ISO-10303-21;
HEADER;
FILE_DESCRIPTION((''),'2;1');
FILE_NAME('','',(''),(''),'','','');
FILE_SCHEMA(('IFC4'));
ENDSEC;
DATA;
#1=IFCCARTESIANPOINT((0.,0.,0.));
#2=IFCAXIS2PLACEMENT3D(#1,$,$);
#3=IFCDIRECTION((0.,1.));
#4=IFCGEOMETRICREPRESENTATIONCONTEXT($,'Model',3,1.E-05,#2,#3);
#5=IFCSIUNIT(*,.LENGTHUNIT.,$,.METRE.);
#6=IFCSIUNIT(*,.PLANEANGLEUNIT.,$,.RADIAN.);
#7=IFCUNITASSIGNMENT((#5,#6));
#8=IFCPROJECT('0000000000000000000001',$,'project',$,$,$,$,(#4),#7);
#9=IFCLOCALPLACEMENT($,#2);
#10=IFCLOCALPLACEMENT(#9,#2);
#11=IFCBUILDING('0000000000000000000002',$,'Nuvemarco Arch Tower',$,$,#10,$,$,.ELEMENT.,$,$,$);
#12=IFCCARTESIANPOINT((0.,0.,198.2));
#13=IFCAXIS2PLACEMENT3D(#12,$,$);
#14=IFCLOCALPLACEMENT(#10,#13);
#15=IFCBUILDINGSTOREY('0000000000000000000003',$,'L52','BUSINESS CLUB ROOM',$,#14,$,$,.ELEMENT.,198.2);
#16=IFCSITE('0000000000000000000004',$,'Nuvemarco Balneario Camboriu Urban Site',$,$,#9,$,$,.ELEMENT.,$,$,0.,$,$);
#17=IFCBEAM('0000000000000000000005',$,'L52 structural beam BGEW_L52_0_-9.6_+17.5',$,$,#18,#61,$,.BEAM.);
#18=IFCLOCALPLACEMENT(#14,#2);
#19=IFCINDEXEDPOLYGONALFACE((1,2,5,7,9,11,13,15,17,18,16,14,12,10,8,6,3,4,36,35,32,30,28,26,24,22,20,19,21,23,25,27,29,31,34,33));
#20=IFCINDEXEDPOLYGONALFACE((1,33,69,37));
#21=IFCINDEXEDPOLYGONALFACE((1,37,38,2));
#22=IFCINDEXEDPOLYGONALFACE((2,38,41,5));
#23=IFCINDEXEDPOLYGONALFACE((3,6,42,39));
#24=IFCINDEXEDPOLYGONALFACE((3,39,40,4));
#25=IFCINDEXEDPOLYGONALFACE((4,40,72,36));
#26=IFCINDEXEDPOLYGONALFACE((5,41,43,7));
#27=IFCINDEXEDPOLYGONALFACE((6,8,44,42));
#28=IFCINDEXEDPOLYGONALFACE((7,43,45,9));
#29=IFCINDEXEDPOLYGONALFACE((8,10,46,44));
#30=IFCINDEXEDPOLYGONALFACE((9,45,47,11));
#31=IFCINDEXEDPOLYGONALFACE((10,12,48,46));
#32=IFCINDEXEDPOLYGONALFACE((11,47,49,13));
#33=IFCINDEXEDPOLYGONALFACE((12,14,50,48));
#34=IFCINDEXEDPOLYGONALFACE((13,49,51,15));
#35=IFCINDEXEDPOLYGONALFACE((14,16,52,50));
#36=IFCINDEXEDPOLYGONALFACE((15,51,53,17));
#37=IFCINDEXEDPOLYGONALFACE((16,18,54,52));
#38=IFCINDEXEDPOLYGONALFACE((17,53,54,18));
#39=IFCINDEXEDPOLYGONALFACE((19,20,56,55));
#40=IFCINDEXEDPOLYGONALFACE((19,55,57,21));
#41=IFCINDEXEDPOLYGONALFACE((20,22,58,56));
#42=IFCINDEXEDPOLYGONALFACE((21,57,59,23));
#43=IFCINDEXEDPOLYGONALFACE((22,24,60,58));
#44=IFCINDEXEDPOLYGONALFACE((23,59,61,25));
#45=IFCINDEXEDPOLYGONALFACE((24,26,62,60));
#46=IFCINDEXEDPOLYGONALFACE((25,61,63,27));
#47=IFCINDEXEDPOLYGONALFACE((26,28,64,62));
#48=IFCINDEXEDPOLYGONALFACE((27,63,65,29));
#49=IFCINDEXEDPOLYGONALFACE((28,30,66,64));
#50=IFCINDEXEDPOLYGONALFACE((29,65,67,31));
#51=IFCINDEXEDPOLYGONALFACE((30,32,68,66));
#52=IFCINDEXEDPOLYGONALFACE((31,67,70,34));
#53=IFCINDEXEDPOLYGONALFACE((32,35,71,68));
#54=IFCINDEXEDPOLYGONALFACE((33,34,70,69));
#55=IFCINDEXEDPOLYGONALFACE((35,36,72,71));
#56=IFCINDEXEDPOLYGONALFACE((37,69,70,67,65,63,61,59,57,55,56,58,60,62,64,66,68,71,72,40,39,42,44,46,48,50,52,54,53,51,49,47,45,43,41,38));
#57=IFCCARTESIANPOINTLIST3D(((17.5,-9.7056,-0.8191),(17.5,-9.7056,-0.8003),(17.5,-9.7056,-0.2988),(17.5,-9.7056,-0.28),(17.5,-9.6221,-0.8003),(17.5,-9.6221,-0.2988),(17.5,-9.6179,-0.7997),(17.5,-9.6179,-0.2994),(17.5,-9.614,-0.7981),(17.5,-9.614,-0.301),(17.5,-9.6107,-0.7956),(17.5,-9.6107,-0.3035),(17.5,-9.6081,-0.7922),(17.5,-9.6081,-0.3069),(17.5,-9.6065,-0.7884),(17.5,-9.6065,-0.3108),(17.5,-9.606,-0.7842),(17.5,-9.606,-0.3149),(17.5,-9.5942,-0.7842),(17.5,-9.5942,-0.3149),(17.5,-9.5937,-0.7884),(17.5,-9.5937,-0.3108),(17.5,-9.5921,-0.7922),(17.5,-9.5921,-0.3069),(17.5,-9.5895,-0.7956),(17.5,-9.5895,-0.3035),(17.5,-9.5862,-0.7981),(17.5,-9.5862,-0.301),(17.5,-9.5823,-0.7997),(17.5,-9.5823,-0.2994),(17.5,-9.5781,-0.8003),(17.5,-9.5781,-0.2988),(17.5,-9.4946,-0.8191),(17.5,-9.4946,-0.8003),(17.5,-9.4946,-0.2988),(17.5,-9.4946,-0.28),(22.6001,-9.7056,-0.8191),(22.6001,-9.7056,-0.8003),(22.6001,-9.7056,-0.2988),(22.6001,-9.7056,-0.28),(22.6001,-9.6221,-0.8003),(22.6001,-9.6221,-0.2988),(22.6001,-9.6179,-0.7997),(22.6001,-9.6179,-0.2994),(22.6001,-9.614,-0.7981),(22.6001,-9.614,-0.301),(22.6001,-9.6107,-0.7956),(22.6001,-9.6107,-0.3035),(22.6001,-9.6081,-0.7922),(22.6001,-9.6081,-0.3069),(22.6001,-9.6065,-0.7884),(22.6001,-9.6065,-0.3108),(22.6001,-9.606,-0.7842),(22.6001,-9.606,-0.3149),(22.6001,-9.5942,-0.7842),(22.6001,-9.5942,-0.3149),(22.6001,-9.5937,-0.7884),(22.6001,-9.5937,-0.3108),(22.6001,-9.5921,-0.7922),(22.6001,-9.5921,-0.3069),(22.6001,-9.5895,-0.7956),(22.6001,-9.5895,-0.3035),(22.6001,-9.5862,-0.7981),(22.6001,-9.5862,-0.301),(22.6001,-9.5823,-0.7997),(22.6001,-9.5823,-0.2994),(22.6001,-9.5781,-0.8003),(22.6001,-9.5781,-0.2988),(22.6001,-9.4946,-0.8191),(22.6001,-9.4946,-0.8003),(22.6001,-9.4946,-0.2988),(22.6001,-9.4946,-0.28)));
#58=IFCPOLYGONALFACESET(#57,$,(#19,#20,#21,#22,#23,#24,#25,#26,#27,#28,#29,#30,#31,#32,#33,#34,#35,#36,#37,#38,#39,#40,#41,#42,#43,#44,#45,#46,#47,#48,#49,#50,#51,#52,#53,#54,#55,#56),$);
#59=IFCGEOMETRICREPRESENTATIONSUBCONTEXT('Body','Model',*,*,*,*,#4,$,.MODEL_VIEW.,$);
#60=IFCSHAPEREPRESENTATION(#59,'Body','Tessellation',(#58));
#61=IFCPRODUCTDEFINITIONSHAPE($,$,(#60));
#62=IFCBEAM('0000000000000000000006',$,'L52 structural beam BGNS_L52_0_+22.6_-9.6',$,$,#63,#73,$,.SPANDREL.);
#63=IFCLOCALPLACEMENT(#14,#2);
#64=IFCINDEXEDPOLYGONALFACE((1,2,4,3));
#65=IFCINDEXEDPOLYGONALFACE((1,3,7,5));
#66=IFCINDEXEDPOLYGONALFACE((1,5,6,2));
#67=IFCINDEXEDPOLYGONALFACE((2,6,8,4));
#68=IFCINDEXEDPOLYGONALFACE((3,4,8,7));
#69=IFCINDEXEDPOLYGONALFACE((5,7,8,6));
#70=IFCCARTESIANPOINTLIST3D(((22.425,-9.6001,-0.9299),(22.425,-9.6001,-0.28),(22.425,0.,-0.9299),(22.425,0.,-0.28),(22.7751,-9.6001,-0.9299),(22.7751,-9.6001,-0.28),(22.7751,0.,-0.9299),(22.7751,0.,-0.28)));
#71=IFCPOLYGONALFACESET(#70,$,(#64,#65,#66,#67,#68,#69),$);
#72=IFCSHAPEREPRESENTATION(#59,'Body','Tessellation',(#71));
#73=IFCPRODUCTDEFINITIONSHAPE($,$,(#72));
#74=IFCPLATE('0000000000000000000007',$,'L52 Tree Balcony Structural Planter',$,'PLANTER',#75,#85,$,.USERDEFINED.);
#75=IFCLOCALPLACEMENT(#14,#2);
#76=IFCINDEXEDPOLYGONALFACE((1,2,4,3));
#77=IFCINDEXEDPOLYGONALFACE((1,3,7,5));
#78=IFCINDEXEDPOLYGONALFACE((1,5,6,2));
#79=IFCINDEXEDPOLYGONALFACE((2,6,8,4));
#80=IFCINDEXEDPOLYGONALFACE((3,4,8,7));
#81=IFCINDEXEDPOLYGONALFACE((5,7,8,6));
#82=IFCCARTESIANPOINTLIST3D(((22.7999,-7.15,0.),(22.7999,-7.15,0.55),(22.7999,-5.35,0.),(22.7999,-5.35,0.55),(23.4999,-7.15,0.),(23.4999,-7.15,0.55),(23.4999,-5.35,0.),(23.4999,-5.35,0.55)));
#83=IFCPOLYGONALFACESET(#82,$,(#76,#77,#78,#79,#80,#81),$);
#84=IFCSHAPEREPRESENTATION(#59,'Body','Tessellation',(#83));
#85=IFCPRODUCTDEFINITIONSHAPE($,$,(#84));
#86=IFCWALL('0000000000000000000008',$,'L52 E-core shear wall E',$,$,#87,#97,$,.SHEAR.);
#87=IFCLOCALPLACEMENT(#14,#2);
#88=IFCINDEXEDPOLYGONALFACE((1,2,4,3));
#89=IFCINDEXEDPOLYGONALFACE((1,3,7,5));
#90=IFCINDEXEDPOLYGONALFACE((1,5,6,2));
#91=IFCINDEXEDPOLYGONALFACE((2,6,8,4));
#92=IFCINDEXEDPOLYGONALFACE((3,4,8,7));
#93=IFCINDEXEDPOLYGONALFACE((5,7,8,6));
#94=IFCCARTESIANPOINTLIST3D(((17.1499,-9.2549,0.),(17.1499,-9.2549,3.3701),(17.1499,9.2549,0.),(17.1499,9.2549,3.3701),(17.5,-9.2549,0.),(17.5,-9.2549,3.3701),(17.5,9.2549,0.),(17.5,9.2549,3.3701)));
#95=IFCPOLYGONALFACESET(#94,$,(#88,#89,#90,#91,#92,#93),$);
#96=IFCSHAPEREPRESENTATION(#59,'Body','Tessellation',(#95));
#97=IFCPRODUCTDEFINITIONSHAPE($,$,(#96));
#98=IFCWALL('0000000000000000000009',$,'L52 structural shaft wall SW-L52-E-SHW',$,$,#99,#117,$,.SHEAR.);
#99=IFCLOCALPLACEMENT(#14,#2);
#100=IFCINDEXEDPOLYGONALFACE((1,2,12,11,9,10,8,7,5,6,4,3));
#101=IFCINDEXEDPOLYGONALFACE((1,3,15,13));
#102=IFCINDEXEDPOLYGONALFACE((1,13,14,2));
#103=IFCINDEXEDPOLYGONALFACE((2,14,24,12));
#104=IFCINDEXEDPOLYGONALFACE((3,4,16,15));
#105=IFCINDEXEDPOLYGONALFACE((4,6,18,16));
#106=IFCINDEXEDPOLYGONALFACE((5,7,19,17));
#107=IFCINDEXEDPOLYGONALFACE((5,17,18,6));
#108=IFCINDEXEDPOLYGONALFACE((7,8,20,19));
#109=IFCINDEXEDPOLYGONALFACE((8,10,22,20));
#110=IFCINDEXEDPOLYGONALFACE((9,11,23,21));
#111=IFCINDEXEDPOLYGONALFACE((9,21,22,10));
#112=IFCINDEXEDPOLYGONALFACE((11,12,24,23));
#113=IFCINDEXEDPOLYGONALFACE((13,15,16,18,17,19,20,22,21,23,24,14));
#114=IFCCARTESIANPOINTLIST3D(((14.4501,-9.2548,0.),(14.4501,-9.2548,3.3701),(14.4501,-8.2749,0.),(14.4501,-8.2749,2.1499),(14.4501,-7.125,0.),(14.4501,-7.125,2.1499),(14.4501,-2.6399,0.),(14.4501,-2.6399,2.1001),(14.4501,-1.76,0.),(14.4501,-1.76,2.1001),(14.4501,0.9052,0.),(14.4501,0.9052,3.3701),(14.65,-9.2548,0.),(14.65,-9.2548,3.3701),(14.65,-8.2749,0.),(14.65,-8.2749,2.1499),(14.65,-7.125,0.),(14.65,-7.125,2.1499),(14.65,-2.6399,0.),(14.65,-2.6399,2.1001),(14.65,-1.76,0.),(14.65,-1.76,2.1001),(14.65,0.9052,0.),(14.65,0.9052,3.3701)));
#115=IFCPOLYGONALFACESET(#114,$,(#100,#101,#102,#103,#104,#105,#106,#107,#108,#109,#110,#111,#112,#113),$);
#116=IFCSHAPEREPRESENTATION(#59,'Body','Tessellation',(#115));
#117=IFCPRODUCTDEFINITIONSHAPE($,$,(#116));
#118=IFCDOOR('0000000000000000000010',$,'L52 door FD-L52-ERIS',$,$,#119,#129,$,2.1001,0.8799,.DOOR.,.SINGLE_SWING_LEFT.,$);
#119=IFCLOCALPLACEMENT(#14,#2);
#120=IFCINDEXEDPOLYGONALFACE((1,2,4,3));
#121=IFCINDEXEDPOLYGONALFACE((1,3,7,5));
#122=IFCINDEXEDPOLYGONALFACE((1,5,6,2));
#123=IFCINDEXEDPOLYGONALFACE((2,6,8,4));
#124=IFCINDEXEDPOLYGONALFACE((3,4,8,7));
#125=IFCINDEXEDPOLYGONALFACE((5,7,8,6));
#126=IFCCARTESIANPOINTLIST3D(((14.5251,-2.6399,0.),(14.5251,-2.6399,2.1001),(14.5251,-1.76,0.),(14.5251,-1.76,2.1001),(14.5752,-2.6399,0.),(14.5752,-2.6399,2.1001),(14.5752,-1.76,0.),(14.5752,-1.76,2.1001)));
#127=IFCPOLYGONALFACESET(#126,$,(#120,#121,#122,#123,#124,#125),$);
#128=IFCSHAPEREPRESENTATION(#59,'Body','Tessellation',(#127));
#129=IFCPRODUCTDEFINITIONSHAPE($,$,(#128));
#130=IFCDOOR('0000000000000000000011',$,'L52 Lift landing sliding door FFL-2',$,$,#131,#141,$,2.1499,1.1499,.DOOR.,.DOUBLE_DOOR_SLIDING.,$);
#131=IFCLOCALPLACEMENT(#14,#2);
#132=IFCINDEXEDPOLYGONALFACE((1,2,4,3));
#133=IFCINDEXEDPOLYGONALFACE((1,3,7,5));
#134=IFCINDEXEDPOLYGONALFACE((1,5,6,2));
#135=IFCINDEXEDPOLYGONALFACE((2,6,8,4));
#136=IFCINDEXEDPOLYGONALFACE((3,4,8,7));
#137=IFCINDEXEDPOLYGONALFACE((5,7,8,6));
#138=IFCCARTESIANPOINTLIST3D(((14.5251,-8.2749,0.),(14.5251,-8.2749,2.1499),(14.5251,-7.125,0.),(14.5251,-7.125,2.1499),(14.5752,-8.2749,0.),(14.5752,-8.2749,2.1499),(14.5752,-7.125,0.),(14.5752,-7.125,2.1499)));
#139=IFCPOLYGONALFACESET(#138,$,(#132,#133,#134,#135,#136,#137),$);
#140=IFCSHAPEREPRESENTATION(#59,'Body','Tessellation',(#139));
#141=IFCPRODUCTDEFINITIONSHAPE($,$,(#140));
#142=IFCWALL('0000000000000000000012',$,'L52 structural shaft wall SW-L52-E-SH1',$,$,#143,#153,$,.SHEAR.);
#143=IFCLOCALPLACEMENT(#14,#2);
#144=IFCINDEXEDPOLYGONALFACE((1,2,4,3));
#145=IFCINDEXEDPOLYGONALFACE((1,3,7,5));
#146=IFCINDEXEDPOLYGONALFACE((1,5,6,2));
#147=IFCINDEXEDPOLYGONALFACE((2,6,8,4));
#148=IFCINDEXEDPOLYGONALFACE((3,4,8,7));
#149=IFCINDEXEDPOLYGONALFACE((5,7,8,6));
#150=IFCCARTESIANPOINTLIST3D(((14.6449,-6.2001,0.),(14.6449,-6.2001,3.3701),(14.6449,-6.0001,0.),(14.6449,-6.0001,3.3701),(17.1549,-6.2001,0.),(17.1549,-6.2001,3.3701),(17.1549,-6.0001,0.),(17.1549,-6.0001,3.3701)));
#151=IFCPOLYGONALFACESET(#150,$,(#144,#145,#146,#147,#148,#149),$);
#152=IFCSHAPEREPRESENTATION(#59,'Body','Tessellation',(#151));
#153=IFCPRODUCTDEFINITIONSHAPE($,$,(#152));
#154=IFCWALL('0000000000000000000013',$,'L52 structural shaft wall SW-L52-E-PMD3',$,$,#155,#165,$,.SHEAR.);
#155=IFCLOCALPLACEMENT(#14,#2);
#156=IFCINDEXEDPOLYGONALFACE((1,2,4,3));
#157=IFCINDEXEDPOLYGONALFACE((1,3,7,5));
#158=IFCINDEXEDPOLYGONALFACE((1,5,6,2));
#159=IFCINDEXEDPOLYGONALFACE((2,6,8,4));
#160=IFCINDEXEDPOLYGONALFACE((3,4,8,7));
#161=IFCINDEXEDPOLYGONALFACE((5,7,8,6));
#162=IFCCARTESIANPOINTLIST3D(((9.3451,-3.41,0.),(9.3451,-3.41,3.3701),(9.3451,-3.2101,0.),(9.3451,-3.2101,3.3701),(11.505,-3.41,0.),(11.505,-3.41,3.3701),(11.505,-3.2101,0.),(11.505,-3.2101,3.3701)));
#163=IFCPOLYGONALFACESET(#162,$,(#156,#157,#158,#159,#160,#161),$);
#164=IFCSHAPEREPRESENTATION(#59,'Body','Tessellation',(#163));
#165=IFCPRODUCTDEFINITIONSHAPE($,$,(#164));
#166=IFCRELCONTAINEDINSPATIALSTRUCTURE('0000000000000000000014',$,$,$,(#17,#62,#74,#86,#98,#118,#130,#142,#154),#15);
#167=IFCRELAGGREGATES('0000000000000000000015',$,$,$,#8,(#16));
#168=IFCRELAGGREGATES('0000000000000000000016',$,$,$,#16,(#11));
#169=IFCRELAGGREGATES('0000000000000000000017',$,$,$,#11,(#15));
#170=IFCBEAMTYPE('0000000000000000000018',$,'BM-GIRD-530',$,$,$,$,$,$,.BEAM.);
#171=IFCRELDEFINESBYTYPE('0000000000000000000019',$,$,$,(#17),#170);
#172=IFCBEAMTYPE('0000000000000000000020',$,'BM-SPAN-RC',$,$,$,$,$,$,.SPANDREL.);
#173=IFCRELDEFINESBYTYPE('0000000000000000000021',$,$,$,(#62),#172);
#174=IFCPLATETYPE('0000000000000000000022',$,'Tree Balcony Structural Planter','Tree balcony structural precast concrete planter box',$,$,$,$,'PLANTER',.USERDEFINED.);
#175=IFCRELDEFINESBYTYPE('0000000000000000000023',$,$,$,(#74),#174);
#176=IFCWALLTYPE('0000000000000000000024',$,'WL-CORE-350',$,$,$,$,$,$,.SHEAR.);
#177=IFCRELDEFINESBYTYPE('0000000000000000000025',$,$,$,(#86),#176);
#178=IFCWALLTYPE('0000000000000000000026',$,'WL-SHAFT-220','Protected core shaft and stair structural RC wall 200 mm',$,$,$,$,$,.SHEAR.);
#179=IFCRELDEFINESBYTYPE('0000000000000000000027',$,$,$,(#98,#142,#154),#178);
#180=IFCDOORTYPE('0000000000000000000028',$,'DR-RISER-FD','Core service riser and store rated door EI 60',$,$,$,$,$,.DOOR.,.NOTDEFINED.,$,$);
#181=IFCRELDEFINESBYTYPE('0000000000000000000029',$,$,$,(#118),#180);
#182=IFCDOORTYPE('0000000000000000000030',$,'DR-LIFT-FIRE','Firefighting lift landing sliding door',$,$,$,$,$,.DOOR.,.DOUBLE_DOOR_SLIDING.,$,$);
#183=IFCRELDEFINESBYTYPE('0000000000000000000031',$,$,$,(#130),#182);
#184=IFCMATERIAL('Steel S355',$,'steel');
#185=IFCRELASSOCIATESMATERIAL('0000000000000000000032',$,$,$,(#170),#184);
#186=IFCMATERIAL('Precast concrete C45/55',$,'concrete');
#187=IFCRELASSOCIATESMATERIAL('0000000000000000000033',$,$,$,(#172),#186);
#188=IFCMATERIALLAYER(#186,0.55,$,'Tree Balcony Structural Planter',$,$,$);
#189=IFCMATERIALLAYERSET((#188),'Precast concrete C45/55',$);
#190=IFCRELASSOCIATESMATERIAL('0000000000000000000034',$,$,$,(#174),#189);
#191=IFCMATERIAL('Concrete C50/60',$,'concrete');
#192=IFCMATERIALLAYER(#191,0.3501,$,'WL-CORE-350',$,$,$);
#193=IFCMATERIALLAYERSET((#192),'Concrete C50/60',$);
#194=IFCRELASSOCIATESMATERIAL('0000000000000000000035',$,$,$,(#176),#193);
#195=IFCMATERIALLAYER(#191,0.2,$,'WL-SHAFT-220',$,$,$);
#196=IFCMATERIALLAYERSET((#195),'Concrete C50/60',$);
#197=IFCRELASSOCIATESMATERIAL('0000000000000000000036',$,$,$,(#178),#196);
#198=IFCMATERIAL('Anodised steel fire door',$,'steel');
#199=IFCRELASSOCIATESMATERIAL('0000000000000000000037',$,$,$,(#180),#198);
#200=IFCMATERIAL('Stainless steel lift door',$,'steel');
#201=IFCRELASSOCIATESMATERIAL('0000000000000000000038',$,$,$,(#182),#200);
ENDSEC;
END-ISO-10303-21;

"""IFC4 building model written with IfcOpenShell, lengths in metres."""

from ifc_helpers import new_model, si_unit, direction, frame, frame_2d, origin, origin_2d, place, context, subcontext, project, spatial, rectangle, i_section, extrude, source, transform, mapped, material, layer, layer_set, material_profile, profile_set, type_object, type_shapes, element, fill, save


model = new_model("IFC4")

# Units and contexts
model_context = context("Model", 3, precision=1e-05, world=origin(), true_north=direction((0.0, 1.0)))
body_context = subcontext(model_context, "Body", "Model", "MODEL_VIEW")
ifc_project = project(units=[si_unit("LENGTHUNIT", "METRE"), si_unit("PLANEANGLEUNIT", "RADIAN")], contexts=[model_context])

# Site, building, storey
site_placement = place(None, origin())
site = spatial("IfcSite", under=ifc_project, at=site_placement, Name="Nuvemarco Balneario Camboriu Urban Site", CompositionType="ELEMENT", RefElevation=0.0)
building_placement = place(site_placement, origin())
building = spatial("IfcBuilding", under=site, at=building_placement, Name="Nuvemarco Arch Tower", CompositionType="ELEMENT")
storey_placement = place(building_placement, frame((0.0, 0.0, 198.2)))
storey = spatial("IfcBuildingStorey", under=building, at=storey_placement, Name="L52", Description="BUSINESS CLUB ROOM", CompositionType="ELEMENT", Elevation=198.2)

# Shared definitions
ifc_material_1 = material(Name="Concrete C50/60", Category="concrete")
ifc_material_2 = material(Name="Steel S355", Category="steel")

# Beams
ifc_material_profile_1 = material_profile(ifc_material_2, i_section(OverallWidth=0.2109, OverallDepth=0.5391, WebThickness=0.0117, FlangeThickness=0.0188, FilletRadius=0.0161, at=origin_2d()), Name="W530x109")
ifc_profile_set_1 = profile_set([ifc_material_profile_1], Name="Steel S355")
beam_type_1 = type_object("IfcBeamType", Name="BM-GIRD-530", PredefinedType="BEAM", material=ifc_profile_set_1)
beam_1_placement = place(storey_placement, frame((17.5, -9.6001, -0.5496), z_axis=(1.0, 0.0, 0.0), x_axis=(0.0, 1.0, 0.0)))
element("IfcBeam", 1, at=beam_1_placement, inside=storey, type_object=beam_type_1, Name="L52 structural beam BGEW_L52_0_-9.6_+17.5", PredefinedType="BEAM", context=body_context, shape_type="SweptSolid", body=[
    extrude(i_section(OverallWidth=0.2109, OverallDepth=0.5391, WebThickness=0.0117, FlangeThickness=0.0188, FilletRadius=0.0161, at=origin_2d()), origin(), (0.0, 0.0, 1.0), 5.1001),
])
ifc_material_3 = material(Name="Precast concrete C45/55", Category="concrete")
ifc_material_profile_2 = material_profile(ifc_material_3, rectangle(XDim=0.3501, YDim=0.6499, at=origin_2d()), Name="PC-SP-350x650")
ifc_profile_set_2 = profile_set([ifc_material_profile_2], Name="Precast concrete C45/55")
beam_type_2 = type_object("IfcBeamType", Name="BM-SPAN-RC", PredefinedType="SPANDREL", material=ifc_profile_set_2)
beam_2_placement = place(storey_placement, frame((22.6001, -9.6001, -0.605), z_axis=(0.0, 1.0, 0.0), x_axis=(-1.0, 0.0, 0.0)))
element("IfcBeam", 2, at=beam_2_placement, inside=storey, type_object=beam_type_2, Name="L52 structural beam BGNS_L52_0_+22.6_-9.6", PredefinedType="SPANDREL", context=body_context, shape_type="SweptSolid", body=[
    extrude(rectangle(XDim=0.3501, YDim=0.6499, at=origin_2d()), origin(), (0.0, 0.0, 1.0), 9.6001),
])

# Plate
ifc_layer_1 = layer(ifc_material_3, 0.55, Name="Tree Balcony Structural Planter")
ifc_layer_set_1 = layer_set([ifc_layer_1], Name="Precast concrete C45/55")
plate_type = type_object("IfcPlateType", Name="Tree Balcony Structural Planter", Description="Tree balcony structural precast concrete planter box", ElementType="PLANTER", PredefinedType="USERDEFINED", material=ifc_layer_set_1)
shared_shape_1 = source(origin(), body_context, "Body", "SweptSolid", [
    extrude(rectangle(XDim=1.8, YDim=0.7, at=origin_2d()), origin(), (0.0, 0.0, 1.0), 0.55),
])
type_shapes(plate_type, [shared_shape_1])
plate_placement = place(storey_placement, frame((23.1499, -6.25, 0.0), z_axis=(0.0, 0.0, 1.0), x_axis=(0.0, 1.0, 0.0)))
element("IfcPlate", 3, at=plate_placement, inside=storey, type_object=plate_type, Name="L52 Tree Balcony Structural Planter", ObjectType="PLANTER", PredefinedType="USERDEFINED", context=body_context, shape_type="MappedRepresentation", body=[
    mapped(shared_shape_1, transform((0.0, 0.0, 0.0), scale=1.0)),
])

# Wall
ifc_layer_2 = layer(ifc_material_1, 0.3501, Name="WL-CORE-350")
ifc_layer_set_2 = layer_set([ifc_layer_2], Name="Concrete C50/60")
wall_type_1 = type_object("IfcWallType", Name="WL-CORE-350", PredefinedType="SHEAR", material=ifc_layer_set_2)
wall_1_placement = place(storey_placement, frame((17.325, -9.2549, 0.0), z_axis=(0.0, 0.0, 1.0), x_axis=(0.0, 1.0, 0.0)))
element("IfcWall", 4, at=wall_1_placement, inside=storey, type_object=wall_type_1, Name="L52 E-core shear wall E", PredefinedType="SHEAR", context=body_context, shape_type="SweptSolid", body=[
    extrude(rectangle(XDim=18.5098, YDim=0.3501, at=frame_2d((9.2549, 0.0))), origin(), (0.0, 0.0, 1.0), 3.3701),
])

# Wall, openings, doors
ifc_layer_3 = layer(ifc_material_1, 0.2, Name="WL-SHAFT-220")
ifc_layer_set_3 = layer_set([ifc_layer_3], Name="Concrete C50/60")
wall_type_2 = type_object("IfcWallType", Name="WL-SHAFT-220", Description="Protected core shaft and stair structural RC wall 200 mm", PredefinedType="SHEAR", material=ifc_layer_set_3)
wall_2_placement = place(storey_placement, frame((14.55, -9.2549, 0.0), z_axis=(0.0, 0.0, 1.0), x_axis=(0.0, 1.0, 0.0)))
wall_2 = element("IfcWall", 5, at=wall_2_placement, inside=storey, type_object=wall_type_2, Name="L52 structural shaft wall SW-L52-E-SHW", PredefinedType="SHEAR", context=body_context, shape_type="SweptSolid", body=[
    extrude(rectangle(XDim=10.1599, YDim=0.2, at=frame_2d((5.0801, 0.0))), origin(), (0.0, 0.0, 1.0), 3.3701),
])
opening_1_placement = place(wall_2_placement, frame((6.615, 0.0, 0.0)))
opening_1 = element("IfcOpeningElement", 6, at=opening_1_placement, cuts=wall_2, PredefinedType="OPENING", context=body_context, shape_type="SweptSolid", body=[
    extrude(rectangle(XDim=0.8799, YDim=2.1001, at=frame_2d((0.4399, 1.05))), frame((0.0, 0.1099, 0.0), z_axis=(0.0, -1.0, 0.0), x_axis=(1.0, 0.0, 0.0)), (0.0, 0.0, 1.0), 0.22),
])
opening_2_placement = place(wall_2_placement, frame((0.98, 0.0, 0.0)))
opening_2 = element("IfcOpeningElement", 7, at=opening_2_placement, cuts=wall_2, PredefinedType="OPENING", context=body_context, shape_type="SweptSolid", body=[
    extrude(rectangle(XDim=1.1499, YDim=2.1499, at=frame_2d((0.575, 1.075))), frame((0.0, 0.1099, 0.0), z_axis=(0.0, -1.0, 0.0), x_axis=(1.0, 0.0, 0.0)), (0.0, 0.0, 1.0), 0.22),
])
ifc_material_4 = material(Name="Anodised steel fire door", Category="steel")
door_type_1 = type_object("IfcDoorType", Name="DR-RISER-FD", Description="Core service riser and store rated door EI 60", OperationType="NOTDEFINED", PredefinedType="DOOR", material=ifc_material_4)
shared_shape_2 = source(origin(), body_context, "Body", "SweptSolid", [
    extrude(rectangle(XDim=0.8799, YDim=2.1001, at=frame_2d((0.4399, 1.05))), frame((0.0, 0.0249, 0.0), z_axis=(0.0, -1.0, 0.0), x_axis=(1.0, 0.0, 0.0)), (0.0, 0.0, 1.0), 0.05),
])
type_shapes(door_type_1, [shared_shape_2])
door_1_placement = place(opening_1_placement, origin())
door_1 = element("IfcDoor", 8, at=door_1_placement, inside=storey, type_object=door_type_1, Name="L52 door FD-L52-ERIS", OperationType="SINGLE_SWING_LEFT", OverallHeight=2.1001, OverallWidth=0.8799, PredefinedType="DOOR", context=body_context, shape_type="MappedRepresentation", body=[
    mapped(shared_shape_2, transform((0.0, 0.0, 0.0), scale=1.0)),
])
fill(opening_1, door_1)
ifc_material_5 = material(Name="Stainless steel lift door", Category="steel")
door_type_2 = type_object("IfcDoorType", Name="DR-LIFT-FIRE", Description="Firefighting lift landing sliding door", OperationType="DOUBLE_DOOR_SLIDING", PredefinedType="DOOR", material=ifc_material_5)
shared_shape_3 = source(origin(), body_context, "Body", "SweptSolid", [
    extrude(rectangle(XDim=1.1499, YDim=2.1499, at=frame_2d((0.575, 1.075))), frame((0.0, 0.0249, 0.0), z_axis=(0.0, -1.0, 0.0), x_axis=(1.0, 0.0, 0.0)), (0.0, 0.0, 1.0), 0.05),
])
type_shapes(door_type_2, [shared_shape_3])
door_2_placement = place(opening_2_placement, origin())
door_2 = element("IfcDoor", 9, at=door_2_placement, inside=storey, type_object=door_type_2, Name="L52 Lift landing sliding door FFL-2", OperationType="DOUBLE_DOOR_SLIDING", OverallHeight=2.1499, OverallWidth=1.1499, PredefinedType="DOOR", context=body_context, shape_type="MappedRepresentation", body=[
    mapped(shared_shape_3, transform((0.0, 0.0, 0.0), scale=1.0)),
])
fill(opening_2, door_2)

# Wall
wall_3_placement = place(storey_placement, frame((14.645, -6.1001, 0.0), z_axis=(0.0, 0.0, 1.0), x_axis=(1.0, 0.0, 0.0)))
element("IfcWall", 10, at=wall_3_placement, inside=storey, type_object=wall_type_2, Name="L52 structural shaft wall SW-L52-E-SH1", PredefinedType="SHEAR", context=body_context, shape_type="SweptSolid", body=[
    extrude(rectangle(XDim=2.51, YDim=0.2, at=frame_2d((1.2549, 0.0))), origin(), (0.0, 0.0, 1.0), 3.3701),
])

# Wall
for number, where, z_axis, x_axis, name in (
    (11, (9.345, -3.3101, 0.0), (0.0, 0.0, 1.0), (1.0, 0.0, 0.0), "L52 structural shaft wall SW-L52-E-PMD3"),
):
    element("IfcWall", number, at=place(storey_placement, frame(where, z_axis=z_axis, x_axis=x_axis)), inside=storey, type_object=wall_type_2, Name=name, PredefinedType="SHEAR", context=body_context, shape_type="SweptSolid", body=[
        extrude(rectangle(XDim=2.1599, YDim=0.2, at=frame_2d((1.0801, 0.0))), origin(), (0.0, 0.0, 1.0), 3.3701),
    ])

save(model, "model.ifc")
